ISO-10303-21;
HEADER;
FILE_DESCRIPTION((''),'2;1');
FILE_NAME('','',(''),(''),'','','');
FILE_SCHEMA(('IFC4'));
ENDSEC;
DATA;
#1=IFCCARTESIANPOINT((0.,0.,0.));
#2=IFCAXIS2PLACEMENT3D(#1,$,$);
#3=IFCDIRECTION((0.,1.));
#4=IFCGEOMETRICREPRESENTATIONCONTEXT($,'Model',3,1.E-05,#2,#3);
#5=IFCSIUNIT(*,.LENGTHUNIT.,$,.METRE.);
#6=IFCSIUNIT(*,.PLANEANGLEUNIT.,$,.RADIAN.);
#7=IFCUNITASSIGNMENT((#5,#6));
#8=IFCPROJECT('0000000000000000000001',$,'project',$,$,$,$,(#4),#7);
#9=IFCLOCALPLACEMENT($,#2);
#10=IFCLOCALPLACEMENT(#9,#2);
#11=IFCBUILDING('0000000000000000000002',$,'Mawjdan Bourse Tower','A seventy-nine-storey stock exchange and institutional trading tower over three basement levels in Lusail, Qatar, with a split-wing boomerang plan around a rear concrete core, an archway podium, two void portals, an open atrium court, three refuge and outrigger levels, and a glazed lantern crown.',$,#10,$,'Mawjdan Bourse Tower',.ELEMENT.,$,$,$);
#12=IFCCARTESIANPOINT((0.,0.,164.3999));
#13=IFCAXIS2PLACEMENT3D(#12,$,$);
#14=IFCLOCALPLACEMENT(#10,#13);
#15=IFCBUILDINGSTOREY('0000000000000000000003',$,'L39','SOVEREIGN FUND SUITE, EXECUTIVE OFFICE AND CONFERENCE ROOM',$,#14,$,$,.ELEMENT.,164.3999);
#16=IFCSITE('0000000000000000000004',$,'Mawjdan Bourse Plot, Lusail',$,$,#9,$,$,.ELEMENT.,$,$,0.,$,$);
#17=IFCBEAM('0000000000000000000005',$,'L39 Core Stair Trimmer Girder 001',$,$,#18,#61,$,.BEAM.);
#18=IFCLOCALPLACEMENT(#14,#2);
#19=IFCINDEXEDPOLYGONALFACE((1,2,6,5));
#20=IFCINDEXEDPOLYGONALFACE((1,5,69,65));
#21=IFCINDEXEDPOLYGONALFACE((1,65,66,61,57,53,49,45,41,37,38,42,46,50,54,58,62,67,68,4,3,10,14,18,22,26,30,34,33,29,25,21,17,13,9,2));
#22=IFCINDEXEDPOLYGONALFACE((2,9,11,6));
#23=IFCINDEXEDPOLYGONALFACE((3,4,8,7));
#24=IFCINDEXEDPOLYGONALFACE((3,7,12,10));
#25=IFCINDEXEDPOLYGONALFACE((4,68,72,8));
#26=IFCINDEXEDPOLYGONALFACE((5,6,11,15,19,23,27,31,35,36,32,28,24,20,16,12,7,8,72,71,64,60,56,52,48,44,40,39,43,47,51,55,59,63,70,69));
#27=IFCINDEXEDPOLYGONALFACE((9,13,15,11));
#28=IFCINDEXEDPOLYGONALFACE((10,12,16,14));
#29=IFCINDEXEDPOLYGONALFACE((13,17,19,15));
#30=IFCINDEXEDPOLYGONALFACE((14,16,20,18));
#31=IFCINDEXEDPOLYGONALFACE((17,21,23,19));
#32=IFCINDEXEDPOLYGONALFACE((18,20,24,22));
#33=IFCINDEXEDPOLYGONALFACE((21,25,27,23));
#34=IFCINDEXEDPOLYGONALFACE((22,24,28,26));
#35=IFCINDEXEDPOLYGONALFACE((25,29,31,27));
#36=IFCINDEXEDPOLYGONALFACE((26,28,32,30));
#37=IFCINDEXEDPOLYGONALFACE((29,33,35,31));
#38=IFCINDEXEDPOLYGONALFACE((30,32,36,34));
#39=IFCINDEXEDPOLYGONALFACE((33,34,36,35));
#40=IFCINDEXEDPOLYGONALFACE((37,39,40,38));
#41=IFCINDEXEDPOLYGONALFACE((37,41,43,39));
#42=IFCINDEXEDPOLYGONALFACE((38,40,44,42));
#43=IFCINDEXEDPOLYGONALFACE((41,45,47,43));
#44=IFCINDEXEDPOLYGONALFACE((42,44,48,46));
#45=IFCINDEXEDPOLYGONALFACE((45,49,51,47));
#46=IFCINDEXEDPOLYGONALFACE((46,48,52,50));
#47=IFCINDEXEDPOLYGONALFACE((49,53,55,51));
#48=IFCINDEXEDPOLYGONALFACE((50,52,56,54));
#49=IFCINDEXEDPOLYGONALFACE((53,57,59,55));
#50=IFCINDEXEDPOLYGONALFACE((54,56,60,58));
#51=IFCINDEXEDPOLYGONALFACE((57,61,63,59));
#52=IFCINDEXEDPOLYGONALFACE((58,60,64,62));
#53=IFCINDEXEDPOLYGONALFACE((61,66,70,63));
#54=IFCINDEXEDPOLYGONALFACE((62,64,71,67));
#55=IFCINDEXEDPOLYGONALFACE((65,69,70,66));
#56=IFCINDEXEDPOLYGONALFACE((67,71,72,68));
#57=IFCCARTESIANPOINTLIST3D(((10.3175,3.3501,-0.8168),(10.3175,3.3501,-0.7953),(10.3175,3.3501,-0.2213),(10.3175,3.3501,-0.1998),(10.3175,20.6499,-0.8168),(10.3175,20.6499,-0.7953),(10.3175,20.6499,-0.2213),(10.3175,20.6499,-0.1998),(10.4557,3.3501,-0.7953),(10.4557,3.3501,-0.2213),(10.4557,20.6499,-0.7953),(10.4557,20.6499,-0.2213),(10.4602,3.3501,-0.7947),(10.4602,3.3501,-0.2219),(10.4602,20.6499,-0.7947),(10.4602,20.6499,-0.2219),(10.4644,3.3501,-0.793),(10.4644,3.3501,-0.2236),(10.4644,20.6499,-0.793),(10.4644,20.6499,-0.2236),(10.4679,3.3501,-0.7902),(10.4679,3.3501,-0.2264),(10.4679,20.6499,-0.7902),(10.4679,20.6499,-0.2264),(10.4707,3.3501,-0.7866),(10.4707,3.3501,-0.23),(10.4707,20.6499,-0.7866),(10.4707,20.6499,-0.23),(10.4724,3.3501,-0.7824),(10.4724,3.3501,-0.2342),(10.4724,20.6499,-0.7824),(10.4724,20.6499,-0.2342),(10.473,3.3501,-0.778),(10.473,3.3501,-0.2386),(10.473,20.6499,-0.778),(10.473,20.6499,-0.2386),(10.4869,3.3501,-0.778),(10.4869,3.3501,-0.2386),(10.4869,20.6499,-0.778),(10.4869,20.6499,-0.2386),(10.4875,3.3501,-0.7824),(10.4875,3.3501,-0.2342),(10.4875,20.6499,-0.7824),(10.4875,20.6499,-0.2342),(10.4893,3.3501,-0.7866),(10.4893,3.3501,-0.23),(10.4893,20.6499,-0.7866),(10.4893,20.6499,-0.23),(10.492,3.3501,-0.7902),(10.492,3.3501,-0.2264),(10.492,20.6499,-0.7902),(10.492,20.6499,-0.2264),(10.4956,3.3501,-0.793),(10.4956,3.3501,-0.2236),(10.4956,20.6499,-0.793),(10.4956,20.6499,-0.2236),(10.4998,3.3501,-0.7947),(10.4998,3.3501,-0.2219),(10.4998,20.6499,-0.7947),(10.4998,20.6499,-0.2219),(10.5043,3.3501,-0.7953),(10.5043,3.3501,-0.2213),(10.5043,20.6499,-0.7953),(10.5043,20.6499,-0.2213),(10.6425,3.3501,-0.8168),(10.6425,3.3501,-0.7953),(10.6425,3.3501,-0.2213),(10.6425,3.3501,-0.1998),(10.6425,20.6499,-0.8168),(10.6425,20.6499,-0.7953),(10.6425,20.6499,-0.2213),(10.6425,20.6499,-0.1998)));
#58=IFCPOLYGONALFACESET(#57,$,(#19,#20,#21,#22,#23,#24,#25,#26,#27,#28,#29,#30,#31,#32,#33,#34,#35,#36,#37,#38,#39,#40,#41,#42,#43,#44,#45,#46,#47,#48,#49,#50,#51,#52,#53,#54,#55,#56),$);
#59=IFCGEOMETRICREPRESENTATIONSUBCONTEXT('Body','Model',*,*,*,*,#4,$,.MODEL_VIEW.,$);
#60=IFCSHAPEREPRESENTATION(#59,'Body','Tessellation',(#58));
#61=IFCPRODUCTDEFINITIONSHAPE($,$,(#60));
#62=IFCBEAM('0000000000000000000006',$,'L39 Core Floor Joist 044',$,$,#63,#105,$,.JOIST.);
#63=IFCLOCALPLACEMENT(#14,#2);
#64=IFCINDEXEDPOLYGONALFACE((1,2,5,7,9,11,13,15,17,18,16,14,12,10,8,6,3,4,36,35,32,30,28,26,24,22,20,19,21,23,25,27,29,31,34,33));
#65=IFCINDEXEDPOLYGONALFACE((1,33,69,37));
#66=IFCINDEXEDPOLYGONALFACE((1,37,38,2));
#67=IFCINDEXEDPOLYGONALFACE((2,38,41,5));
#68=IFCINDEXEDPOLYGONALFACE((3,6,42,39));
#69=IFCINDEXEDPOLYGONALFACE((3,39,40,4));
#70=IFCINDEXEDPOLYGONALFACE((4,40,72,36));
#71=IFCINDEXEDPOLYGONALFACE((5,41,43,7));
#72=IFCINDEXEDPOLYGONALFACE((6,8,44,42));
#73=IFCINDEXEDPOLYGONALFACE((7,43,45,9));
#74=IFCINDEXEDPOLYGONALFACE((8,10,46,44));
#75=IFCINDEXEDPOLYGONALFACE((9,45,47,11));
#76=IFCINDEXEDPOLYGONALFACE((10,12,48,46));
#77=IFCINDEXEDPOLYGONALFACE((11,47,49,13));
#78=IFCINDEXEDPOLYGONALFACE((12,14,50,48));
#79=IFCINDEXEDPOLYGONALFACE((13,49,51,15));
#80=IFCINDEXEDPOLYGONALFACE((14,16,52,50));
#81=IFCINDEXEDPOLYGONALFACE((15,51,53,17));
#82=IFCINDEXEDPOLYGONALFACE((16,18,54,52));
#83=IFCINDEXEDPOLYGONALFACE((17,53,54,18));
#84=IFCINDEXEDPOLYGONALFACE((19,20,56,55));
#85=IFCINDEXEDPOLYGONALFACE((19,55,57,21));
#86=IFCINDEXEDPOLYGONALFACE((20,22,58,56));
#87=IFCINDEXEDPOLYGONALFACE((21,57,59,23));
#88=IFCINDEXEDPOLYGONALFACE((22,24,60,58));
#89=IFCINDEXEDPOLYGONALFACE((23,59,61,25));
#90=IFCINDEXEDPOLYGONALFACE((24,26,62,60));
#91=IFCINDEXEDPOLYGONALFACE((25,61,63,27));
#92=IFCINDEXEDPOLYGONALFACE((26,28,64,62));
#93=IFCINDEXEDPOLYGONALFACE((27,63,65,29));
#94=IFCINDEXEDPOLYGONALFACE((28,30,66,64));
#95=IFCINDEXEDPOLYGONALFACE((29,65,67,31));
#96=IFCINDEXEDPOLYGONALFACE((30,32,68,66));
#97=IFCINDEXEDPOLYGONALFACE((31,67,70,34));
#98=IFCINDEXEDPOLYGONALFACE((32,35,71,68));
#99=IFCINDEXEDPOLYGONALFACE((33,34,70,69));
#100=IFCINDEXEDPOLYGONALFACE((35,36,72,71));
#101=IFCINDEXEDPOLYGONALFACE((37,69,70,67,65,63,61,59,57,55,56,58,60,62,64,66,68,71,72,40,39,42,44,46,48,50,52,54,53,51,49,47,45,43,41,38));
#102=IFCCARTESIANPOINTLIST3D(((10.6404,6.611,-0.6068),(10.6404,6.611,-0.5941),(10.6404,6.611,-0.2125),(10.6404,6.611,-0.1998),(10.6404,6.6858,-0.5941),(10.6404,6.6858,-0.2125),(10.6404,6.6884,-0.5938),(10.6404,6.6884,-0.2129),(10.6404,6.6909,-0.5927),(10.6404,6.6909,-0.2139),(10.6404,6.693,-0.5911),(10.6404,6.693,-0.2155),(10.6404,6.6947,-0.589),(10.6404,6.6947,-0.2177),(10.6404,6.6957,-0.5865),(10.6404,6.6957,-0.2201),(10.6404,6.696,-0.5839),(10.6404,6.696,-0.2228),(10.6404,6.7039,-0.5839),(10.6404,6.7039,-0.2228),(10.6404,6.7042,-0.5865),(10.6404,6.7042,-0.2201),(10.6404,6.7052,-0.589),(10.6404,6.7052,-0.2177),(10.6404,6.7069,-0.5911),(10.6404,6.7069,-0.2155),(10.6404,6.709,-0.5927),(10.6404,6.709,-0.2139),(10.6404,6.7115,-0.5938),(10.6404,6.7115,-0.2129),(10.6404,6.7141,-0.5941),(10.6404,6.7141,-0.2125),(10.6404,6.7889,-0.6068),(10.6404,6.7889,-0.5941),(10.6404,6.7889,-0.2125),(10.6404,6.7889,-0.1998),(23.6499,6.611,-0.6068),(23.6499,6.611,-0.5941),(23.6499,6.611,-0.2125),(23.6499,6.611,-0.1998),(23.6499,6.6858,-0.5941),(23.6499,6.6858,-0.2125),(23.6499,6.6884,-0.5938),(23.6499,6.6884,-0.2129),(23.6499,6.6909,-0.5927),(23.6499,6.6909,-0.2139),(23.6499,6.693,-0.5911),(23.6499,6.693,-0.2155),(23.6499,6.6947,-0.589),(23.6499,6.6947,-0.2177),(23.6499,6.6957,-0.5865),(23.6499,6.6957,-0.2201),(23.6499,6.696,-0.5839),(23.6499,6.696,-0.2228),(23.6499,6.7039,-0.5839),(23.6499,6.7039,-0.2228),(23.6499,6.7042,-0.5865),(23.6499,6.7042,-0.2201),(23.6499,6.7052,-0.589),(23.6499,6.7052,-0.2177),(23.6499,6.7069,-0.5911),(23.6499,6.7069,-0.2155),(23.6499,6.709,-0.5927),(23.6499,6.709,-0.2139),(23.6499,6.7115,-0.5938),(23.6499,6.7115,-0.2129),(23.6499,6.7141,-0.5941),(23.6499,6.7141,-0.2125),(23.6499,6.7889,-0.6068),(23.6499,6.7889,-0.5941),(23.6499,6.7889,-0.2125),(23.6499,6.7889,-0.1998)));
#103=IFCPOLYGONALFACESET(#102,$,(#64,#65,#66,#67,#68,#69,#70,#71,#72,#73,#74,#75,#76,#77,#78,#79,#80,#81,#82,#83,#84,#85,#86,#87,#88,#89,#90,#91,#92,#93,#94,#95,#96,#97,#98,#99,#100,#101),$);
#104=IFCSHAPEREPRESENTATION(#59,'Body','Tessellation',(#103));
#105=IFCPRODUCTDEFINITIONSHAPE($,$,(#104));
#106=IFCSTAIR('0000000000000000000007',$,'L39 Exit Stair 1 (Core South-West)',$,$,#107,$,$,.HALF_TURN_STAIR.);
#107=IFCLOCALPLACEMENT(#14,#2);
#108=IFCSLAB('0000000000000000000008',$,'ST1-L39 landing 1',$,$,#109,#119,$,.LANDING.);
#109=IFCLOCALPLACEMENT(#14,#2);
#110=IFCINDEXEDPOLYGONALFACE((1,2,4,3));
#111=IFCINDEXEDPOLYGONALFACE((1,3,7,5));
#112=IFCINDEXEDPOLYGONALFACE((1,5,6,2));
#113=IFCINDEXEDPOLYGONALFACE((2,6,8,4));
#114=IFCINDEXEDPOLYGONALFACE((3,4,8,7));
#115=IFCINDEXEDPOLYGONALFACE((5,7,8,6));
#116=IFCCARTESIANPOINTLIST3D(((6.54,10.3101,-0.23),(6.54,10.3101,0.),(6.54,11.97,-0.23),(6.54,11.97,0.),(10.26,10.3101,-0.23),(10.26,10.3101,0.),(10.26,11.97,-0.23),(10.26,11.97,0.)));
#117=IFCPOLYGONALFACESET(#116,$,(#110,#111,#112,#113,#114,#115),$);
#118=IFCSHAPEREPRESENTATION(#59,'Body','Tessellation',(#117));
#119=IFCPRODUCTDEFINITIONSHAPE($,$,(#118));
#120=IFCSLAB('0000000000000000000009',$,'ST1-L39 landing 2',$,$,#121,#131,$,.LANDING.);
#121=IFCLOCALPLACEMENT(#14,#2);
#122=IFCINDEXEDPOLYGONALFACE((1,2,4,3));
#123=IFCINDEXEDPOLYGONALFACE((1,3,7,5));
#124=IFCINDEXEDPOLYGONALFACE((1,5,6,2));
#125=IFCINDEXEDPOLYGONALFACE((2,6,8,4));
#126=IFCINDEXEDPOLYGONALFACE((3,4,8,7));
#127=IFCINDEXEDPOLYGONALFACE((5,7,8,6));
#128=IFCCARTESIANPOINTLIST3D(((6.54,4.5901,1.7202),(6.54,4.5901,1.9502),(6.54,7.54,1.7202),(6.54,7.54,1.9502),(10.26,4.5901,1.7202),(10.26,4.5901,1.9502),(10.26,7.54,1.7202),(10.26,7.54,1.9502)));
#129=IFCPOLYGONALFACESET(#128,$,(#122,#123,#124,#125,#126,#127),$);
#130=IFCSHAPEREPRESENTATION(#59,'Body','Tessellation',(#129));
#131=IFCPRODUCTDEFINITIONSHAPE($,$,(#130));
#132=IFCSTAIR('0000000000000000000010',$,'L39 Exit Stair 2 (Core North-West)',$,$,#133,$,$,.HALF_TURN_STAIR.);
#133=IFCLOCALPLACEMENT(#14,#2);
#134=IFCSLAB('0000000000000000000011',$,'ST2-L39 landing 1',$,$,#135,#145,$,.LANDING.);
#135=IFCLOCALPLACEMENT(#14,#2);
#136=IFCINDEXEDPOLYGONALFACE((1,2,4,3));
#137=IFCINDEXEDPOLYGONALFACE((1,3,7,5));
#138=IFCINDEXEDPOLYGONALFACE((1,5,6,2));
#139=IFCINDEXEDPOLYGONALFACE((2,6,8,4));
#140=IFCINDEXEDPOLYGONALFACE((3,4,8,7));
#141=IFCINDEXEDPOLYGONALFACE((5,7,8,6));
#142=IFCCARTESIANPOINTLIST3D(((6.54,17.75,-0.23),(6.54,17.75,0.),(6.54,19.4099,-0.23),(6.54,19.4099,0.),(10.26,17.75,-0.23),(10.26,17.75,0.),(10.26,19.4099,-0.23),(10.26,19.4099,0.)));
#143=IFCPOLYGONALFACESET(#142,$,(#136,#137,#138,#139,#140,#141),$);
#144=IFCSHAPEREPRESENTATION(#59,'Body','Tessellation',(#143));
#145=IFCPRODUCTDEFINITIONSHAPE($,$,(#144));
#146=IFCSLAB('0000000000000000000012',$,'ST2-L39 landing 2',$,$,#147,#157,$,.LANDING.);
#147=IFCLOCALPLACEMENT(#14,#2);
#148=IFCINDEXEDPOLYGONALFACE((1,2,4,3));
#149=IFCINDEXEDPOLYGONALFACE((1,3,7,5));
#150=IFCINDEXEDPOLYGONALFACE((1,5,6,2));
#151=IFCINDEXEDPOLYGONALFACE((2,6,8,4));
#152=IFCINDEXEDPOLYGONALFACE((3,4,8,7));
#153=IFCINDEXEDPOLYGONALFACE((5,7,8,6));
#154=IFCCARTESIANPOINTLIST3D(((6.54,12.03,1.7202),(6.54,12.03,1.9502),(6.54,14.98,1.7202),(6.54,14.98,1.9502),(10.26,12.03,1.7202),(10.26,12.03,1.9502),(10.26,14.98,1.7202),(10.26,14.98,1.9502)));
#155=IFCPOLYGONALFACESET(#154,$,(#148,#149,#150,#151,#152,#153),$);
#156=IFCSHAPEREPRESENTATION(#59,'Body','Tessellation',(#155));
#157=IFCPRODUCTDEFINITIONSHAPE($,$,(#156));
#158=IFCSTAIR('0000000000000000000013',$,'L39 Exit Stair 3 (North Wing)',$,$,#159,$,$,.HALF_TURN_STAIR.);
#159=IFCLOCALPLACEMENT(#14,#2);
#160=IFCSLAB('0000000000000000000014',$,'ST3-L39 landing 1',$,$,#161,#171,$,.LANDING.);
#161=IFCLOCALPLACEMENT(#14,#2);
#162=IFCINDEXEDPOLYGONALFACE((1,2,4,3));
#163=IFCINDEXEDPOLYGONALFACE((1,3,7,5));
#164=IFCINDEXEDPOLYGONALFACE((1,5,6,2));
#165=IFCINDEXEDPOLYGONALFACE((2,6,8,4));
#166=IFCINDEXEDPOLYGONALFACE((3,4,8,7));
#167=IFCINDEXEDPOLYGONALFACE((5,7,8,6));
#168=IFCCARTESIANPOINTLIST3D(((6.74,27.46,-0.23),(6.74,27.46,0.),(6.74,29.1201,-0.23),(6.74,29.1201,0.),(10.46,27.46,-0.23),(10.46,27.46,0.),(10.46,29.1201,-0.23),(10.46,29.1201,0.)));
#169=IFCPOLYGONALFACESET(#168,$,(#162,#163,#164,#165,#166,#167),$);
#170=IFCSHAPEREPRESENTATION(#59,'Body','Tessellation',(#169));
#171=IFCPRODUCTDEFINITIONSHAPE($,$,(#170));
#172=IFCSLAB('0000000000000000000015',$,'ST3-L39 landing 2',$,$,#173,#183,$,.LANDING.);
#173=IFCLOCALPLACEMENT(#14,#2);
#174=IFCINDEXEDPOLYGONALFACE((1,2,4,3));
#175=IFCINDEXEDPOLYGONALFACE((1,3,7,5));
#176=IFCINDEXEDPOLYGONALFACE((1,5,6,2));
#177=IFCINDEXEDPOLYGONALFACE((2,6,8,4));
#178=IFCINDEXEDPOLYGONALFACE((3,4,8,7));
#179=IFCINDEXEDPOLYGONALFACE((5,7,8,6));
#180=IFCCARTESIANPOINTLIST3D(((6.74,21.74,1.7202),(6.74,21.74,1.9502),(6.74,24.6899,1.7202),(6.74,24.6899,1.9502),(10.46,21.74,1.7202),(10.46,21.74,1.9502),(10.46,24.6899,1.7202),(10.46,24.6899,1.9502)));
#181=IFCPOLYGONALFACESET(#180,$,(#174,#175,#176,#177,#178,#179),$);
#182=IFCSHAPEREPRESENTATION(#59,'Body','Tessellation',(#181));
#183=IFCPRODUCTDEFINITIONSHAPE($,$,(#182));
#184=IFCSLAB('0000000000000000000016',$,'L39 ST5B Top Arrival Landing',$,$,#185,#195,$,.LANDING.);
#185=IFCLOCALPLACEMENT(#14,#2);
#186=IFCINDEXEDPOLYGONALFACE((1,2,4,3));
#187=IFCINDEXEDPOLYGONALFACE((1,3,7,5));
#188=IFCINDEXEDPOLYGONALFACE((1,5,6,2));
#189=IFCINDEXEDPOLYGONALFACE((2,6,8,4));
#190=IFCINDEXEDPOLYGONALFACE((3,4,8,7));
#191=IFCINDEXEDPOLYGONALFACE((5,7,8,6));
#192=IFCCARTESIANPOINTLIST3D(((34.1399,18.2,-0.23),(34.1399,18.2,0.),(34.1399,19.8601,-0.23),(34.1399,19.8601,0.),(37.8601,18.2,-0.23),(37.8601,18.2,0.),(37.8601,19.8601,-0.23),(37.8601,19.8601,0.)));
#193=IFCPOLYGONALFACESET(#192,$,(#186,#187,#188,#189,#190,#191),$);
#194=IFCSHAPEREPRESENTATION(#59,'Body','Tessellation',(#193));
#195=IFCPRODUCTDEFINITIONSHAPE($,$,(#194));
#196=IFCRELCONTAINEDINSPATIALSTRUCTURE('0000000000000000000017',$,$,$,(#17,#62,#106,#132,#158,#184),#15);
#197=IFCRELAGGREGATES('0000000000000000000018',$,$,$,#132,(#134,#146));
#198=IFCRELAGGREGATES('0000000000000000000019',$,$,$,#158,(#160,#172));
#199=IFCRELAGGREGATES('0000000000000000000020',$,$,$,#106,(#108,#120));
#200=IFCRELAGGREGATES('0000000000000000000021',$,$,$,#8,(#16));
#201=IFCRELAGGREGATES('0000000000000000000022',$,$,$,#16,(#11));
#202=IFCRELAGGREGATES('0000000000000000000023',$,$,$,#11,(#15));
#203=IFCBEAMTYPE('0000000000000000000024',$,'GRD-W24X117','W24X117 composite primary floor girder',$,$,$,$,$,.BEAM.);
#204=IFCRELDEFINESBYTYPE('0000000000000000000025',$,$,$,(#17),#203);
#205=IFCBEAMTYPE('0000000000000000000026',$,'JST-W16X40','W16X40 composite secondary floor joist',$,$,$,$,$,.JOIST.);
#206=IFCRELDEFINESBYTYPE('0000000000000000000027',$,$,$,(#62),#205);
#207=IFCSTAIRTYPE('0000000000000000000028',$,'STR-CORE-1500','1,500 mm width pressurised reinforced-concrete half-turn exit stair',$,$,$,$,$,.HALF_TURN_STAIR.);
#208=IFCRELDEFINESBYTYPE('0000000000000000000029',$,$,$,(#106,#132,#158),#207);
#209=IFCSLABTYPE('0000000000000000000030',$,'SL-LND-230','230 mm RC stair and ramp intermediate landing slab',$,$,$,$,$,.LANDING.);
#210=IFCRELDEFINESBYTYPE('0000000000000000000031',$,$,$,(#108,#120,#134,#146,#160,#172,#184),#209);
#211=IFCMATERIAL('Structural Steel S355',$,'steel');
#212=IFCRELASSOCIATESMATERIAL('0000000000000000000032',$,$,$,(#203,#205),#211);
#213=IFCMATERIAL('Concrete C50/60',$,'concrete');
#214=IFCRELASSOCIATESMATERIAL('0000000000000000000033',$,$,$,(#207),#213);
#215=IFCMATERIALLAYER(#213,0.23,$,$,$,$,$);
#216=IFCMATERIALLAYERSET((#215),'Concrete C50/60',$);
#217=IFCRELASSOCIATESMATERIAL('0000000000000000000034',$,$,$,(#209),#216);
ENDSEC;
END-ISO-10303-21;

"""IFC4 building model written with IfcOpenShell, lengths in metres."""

from ifc_helpers import new_model, si_unit, direction, frame, origin, origin_2d, place, context, subcontext, project, spatial, polyline, i_section, outline, extrude, material, layer, layer_set, material_profile, profile_set, type_object, element, aggregate, save


model = new_model("IFC4")

# Units and contexts
model_context = context("Model", 3, precision=1e-05, world=origin(), true_north=direction((0.0, 1.0)))
body_context = subcontext(model_context, "Body", "Model", "MODEL_VIEW")
ifc_project = project(units=[si_unit("LENGTHUNIT", "METRE"), si_unit("PLANEANGLEUNIT", "RADIAN")], contexts=[model_context])

# Site, building, storey
site_placement = place(None, origin())
site = spatial("IfcSite", under=ifc_project, at=site_placement, Name="Mawjdan Bourse Plot, Lusail", CompositionType="ELEMENT", RefElevation=0.0)
building_placement = place(site_placement, origin())
building = spatial("IfcBuilding", under=site, at=building_placement, Name="Mawjdan Bourse Tower", Description="A seventy-nine-storey stock exchange and institutional trading tower over three basement levels in Lusail, Qatar, with a split-wing boomerang plan around a rear concrete core, an archway podium, two void portals, an open atrium court, three refuge and outrigger levels, and a glazed lantern crown.", LongName="Mawjdan Bourse Tower", CompositionType="ELEMENT")
storey_placement = place(building_placement, frame((0.0, 0.0, 164.3999)))
storey = spatial("IfcBuildingStorey", under=building, at=storey_placement, Name="L39", Description="SOVEREIGN FUND SUITE, EXECUTIVE OFFICE AND CONFERENCE ROOM", CompositionType="ELEMENT", Elevation=164.3999)

# Beams
ifc_material_1 = material(Name="Structural Steel S355", Category="steel")
ifc_material_profile_1 = material_profile(ifc_material_1, i_section(OverallWidth=0.325, OverallDepth=0.6169, WebThickness=0.0139, FlangeThickness=0.0215, FilletRadius=0.0173, at=origin_2d()), Name="W24X117")
ifc_profile_set_1 = profile_set([ifc_material_profile_1], Name="Structural Steel S355")
beam_type_1 = type_object("IfcBeamType", Name="GRD-W24X117", Description="W24X117 composite primary floor girder", PredefinedType="BEAM", material=ifc_profile_set_1)
beam_1_placement = place(storey_placement, frame((10.48, 3.3501, -0.5083), z_axis=(0.0, 1.0, 0.0), x_axis=(-1.0, 0.0, 0.0)))
element("IfcBeam", 1, at=beam_1_placement, inside=storey, type_object=beam_type_1, Name="L39 Core Stair Trimmer Girder 001", PredefinedType="BEAM", context=body_context, shape_type="SweptSolid", body=[
    extrude(i_section(OverallWidth=0.325, OverallDepth=0.6169, WebThickness=0.0139, FlangeThickness=0.0215, FilletRadius=0.0173, at=origin_2d()), origin(), (0.0, 0.0, 1.0), 17.2998),
])
ifc_material_profile_2 = material_profile(ifc_material_1, i_section(OverallWidth=0.178, OverallDepth=0.407, WebThickness=0.0078, FlangeThickness=0.0127, FilletRadius=0.0103, at=origin_2d()), Name="W16X40")
ifc_profile_set_2 = profile_set([ifc_material_profile_2], Name="Structural Steel S355")
beam_type_2 = type_object("IfcBeamType", Name="JST-W16X40", Description="W16X40 composite secondary floor joist", PredefinedType="JOIST", material=ifc_profile_set_2)
beam_2_placement = place(storey_placement, frame((10.6404, 6.7, -0.4033), z_axis=(1.0, 0.0, 0.0), x_axis=(0.0, 1.0, 0.0)))
element("IfcBeam", 2, at=beam_2_placement, inside=storey, type_object=beam_type_2, Name="L39 Core Floor Joist 044", PredefinedType="JOIST", context=body_context, shape_type="SweptSolid", body=[
    extrude(i_section(OverallWidth=0.178, OverallDepth=0.407, WebThickness=0.0078, FlangeThickness=0.0127, FilletRadius=0.0103, at=origin_2d()), origin(), (0.0, 0.0, 1.0), 13.0095),
])

# Stairs, slabs
ifc_material_2 = material(Name="Concrete C50/60", Category="concrete")
stair_type = type_object("IfcStairType", Name="STR-CORE-1500", Description="1,500 mm width pressurised reinforced-concrete half-turn exit stair", PredefinedType="HALF_TURN_STAIR", material=ifc_material_2)
stair_1_placement = place(storey_placement, origin())
stair_1 = element("IfcStair", 3, at=stair_1_placement, inside=storey, type_object=stair_type, Name="L39 Exit Stair 1 (Core South-West)", PredefinedType="HALF_TURN_STAIR")
ifc_layer_1 = layer(ifc_material_2, 0.23)
ifc_layer_set_1 = layer_set([ifc_layer_1], Name="Concrete C50/60")
slab_type_1 = type_object("IfcSlabType", Name="SL-LND-230", Description="230 mm RC stair and ramp intermediate landing slab", PredefinedType="LANDING", material=ifc_layer_set_1)
slab_1_placement = place(storey_placement, frame((0.0, 0.0, -0.23)))
slab_1 = element("IfcSlab", 4, at=slab_1_placement, type_object=slab_type_1, Name="ST1-L39 landing 1", PredefinedType="LANDING", context=body_context, shape_type="SweptSolid", body=[
    extrude(outline(polyline([(6.54, 10.3101), (10.26, 10.3101), (10.26, 11.97), (6.54, 11.97), (6.54, 10.3101)])), origin(), (0.0, 0.0, 1.0), 0.23),
])
slab_2_placement = place(storey_placement, frame((0.0, 0.0, 1.7202)))
slab_2 = element("IfcSlab", 5, at=slab_2_placement, type_object=slab_type_1, Name="ST1-L39 landing 2", PredefinedType="LANDING", context=body_context, shape_type="SweptSolid", body=[
    extrude(outline(polyline([(6.54, 4.5901), (10.26, 4.5901), (10.26, 7.54), (6.54, 7.54), (6.54, 4.5901)])), origin(), (0.0, 0.0, 1.0), 0.23),
])
stair_2_placement = place(storey_placement, origin())
stair_2 = element("IfcStair", 6, at=stair_2_placement, inside=storey, type_object=stair_type, Name="L39 Exit Stair 2 (Core North-West)", PredefinedType="HALF_TURN_STAIR")
slab_3_placement = place(storey_placement, frame((0.0, 0.0, -0.23)))
slab_3 = element("IfcSlab", 7, at=slab_3_placement, type_object=slab_type_1, Name="ST2-L39 landing 1", PredefinedType="LANDING", context=body_context, shape_type="SweptSolid", body=[
    extrude(outline(polyline([(6.54, 17.75), (10.26, 17.75), (10.26, 19.4099), (6.54, 19.4099), (6.54, 17.75)])), origin(), (0.0, 0.0, 1.0), 0.23),
])
slab_4_placement = place(storey_placement, frame((0.0, 0.0, 1.7202)))
slab_4 = element("IfcSlab", 8, at=slab_4_placement, type_object=slab_type_1, Name="ST2-L39 landing 2", PredefinedType="LANDING", context=body_context, shape_type="SweptSolid", body=[
    extrude(outline(polyline([(6.54, 12.03), (10.26, 12.03), (10.26, 14.98), (6.54, 14.98), (6.54, 12.03)])), origin(), (0.0, 0.0, 1.0), 0.23),
])
aggregate(stair_2, [slab_3, slab_4])
stair_3_placement = place(storey_placement, origin())
stair_3 = element("IfcStair", 9, at=stair_3_placement, inside=storey, type_object=stair_type, Name="L39 Exit Stair 3 (North Wing)", PredefinedType="HALF_TURN_STAIR")
slab_5_placement = place(storey_placement, frame((0.0, 0.0, -0.23)))
slab_5 = element("IfcSlab", 10, at=slab_5_placement, type_object=slab_type_1, Name="ST3-L39 landing 1", PredefinedType="LANDING", context=body_context, shape_type="SweptSolid", body=[
    extrude(outline(polyline([(6.74, 27.46), (10.46, 27.46), (10.46, 29.1201), (6.74, 29.1201), (6.74, 27.46)])), origin(), (0.0, 0.0, 1.0), 0.23),
])
slab_6_placement = place(storey_placement, frame((0.0, 0.0, 1.7202)))
slab_6 = element("IfcSlab", 11, at=slab_6_placement, type_object=slab_type_1, Name="ST3-L39 landing 2", PredefinedType="LANDING", context=body_context, shape_type="SweptSolid", body=[
    extrude(outline(polyline([(6.74, 21.74), (10.46, 21.74), (10.46, 24.6899), (6.74, 24.6899), (6.74, 21.74)])), origin(), (0.0, 0.0, 1.0), 0.23),
])
aggregate(stair_3, [slab_5, slab_6])

# Slab
slab_7_placement = place(storey_placement, frame((0.0, 0.0, -0.23)))
element("IfcSlab", 12, at=slab_7_placement, inside=storey, type_object=slab_type_1, Name="L39 ST5B Top Arrival Landing", PredefinedType="LANDING", context=body_context, shape_type="SweptSolid", body=[
    extrude(outline(polyline([(34.1399, 18.2), (37.8601, 18.2), (37.8601, 19.8601), (34.1399, 19.8601), (34.1399, 18.2)])), origin(), (0.0, 0.0, 1.0), 0.23),
])

aggregate(stair_1, [slab_1, slab_2])

save(model, "model.ifc")
